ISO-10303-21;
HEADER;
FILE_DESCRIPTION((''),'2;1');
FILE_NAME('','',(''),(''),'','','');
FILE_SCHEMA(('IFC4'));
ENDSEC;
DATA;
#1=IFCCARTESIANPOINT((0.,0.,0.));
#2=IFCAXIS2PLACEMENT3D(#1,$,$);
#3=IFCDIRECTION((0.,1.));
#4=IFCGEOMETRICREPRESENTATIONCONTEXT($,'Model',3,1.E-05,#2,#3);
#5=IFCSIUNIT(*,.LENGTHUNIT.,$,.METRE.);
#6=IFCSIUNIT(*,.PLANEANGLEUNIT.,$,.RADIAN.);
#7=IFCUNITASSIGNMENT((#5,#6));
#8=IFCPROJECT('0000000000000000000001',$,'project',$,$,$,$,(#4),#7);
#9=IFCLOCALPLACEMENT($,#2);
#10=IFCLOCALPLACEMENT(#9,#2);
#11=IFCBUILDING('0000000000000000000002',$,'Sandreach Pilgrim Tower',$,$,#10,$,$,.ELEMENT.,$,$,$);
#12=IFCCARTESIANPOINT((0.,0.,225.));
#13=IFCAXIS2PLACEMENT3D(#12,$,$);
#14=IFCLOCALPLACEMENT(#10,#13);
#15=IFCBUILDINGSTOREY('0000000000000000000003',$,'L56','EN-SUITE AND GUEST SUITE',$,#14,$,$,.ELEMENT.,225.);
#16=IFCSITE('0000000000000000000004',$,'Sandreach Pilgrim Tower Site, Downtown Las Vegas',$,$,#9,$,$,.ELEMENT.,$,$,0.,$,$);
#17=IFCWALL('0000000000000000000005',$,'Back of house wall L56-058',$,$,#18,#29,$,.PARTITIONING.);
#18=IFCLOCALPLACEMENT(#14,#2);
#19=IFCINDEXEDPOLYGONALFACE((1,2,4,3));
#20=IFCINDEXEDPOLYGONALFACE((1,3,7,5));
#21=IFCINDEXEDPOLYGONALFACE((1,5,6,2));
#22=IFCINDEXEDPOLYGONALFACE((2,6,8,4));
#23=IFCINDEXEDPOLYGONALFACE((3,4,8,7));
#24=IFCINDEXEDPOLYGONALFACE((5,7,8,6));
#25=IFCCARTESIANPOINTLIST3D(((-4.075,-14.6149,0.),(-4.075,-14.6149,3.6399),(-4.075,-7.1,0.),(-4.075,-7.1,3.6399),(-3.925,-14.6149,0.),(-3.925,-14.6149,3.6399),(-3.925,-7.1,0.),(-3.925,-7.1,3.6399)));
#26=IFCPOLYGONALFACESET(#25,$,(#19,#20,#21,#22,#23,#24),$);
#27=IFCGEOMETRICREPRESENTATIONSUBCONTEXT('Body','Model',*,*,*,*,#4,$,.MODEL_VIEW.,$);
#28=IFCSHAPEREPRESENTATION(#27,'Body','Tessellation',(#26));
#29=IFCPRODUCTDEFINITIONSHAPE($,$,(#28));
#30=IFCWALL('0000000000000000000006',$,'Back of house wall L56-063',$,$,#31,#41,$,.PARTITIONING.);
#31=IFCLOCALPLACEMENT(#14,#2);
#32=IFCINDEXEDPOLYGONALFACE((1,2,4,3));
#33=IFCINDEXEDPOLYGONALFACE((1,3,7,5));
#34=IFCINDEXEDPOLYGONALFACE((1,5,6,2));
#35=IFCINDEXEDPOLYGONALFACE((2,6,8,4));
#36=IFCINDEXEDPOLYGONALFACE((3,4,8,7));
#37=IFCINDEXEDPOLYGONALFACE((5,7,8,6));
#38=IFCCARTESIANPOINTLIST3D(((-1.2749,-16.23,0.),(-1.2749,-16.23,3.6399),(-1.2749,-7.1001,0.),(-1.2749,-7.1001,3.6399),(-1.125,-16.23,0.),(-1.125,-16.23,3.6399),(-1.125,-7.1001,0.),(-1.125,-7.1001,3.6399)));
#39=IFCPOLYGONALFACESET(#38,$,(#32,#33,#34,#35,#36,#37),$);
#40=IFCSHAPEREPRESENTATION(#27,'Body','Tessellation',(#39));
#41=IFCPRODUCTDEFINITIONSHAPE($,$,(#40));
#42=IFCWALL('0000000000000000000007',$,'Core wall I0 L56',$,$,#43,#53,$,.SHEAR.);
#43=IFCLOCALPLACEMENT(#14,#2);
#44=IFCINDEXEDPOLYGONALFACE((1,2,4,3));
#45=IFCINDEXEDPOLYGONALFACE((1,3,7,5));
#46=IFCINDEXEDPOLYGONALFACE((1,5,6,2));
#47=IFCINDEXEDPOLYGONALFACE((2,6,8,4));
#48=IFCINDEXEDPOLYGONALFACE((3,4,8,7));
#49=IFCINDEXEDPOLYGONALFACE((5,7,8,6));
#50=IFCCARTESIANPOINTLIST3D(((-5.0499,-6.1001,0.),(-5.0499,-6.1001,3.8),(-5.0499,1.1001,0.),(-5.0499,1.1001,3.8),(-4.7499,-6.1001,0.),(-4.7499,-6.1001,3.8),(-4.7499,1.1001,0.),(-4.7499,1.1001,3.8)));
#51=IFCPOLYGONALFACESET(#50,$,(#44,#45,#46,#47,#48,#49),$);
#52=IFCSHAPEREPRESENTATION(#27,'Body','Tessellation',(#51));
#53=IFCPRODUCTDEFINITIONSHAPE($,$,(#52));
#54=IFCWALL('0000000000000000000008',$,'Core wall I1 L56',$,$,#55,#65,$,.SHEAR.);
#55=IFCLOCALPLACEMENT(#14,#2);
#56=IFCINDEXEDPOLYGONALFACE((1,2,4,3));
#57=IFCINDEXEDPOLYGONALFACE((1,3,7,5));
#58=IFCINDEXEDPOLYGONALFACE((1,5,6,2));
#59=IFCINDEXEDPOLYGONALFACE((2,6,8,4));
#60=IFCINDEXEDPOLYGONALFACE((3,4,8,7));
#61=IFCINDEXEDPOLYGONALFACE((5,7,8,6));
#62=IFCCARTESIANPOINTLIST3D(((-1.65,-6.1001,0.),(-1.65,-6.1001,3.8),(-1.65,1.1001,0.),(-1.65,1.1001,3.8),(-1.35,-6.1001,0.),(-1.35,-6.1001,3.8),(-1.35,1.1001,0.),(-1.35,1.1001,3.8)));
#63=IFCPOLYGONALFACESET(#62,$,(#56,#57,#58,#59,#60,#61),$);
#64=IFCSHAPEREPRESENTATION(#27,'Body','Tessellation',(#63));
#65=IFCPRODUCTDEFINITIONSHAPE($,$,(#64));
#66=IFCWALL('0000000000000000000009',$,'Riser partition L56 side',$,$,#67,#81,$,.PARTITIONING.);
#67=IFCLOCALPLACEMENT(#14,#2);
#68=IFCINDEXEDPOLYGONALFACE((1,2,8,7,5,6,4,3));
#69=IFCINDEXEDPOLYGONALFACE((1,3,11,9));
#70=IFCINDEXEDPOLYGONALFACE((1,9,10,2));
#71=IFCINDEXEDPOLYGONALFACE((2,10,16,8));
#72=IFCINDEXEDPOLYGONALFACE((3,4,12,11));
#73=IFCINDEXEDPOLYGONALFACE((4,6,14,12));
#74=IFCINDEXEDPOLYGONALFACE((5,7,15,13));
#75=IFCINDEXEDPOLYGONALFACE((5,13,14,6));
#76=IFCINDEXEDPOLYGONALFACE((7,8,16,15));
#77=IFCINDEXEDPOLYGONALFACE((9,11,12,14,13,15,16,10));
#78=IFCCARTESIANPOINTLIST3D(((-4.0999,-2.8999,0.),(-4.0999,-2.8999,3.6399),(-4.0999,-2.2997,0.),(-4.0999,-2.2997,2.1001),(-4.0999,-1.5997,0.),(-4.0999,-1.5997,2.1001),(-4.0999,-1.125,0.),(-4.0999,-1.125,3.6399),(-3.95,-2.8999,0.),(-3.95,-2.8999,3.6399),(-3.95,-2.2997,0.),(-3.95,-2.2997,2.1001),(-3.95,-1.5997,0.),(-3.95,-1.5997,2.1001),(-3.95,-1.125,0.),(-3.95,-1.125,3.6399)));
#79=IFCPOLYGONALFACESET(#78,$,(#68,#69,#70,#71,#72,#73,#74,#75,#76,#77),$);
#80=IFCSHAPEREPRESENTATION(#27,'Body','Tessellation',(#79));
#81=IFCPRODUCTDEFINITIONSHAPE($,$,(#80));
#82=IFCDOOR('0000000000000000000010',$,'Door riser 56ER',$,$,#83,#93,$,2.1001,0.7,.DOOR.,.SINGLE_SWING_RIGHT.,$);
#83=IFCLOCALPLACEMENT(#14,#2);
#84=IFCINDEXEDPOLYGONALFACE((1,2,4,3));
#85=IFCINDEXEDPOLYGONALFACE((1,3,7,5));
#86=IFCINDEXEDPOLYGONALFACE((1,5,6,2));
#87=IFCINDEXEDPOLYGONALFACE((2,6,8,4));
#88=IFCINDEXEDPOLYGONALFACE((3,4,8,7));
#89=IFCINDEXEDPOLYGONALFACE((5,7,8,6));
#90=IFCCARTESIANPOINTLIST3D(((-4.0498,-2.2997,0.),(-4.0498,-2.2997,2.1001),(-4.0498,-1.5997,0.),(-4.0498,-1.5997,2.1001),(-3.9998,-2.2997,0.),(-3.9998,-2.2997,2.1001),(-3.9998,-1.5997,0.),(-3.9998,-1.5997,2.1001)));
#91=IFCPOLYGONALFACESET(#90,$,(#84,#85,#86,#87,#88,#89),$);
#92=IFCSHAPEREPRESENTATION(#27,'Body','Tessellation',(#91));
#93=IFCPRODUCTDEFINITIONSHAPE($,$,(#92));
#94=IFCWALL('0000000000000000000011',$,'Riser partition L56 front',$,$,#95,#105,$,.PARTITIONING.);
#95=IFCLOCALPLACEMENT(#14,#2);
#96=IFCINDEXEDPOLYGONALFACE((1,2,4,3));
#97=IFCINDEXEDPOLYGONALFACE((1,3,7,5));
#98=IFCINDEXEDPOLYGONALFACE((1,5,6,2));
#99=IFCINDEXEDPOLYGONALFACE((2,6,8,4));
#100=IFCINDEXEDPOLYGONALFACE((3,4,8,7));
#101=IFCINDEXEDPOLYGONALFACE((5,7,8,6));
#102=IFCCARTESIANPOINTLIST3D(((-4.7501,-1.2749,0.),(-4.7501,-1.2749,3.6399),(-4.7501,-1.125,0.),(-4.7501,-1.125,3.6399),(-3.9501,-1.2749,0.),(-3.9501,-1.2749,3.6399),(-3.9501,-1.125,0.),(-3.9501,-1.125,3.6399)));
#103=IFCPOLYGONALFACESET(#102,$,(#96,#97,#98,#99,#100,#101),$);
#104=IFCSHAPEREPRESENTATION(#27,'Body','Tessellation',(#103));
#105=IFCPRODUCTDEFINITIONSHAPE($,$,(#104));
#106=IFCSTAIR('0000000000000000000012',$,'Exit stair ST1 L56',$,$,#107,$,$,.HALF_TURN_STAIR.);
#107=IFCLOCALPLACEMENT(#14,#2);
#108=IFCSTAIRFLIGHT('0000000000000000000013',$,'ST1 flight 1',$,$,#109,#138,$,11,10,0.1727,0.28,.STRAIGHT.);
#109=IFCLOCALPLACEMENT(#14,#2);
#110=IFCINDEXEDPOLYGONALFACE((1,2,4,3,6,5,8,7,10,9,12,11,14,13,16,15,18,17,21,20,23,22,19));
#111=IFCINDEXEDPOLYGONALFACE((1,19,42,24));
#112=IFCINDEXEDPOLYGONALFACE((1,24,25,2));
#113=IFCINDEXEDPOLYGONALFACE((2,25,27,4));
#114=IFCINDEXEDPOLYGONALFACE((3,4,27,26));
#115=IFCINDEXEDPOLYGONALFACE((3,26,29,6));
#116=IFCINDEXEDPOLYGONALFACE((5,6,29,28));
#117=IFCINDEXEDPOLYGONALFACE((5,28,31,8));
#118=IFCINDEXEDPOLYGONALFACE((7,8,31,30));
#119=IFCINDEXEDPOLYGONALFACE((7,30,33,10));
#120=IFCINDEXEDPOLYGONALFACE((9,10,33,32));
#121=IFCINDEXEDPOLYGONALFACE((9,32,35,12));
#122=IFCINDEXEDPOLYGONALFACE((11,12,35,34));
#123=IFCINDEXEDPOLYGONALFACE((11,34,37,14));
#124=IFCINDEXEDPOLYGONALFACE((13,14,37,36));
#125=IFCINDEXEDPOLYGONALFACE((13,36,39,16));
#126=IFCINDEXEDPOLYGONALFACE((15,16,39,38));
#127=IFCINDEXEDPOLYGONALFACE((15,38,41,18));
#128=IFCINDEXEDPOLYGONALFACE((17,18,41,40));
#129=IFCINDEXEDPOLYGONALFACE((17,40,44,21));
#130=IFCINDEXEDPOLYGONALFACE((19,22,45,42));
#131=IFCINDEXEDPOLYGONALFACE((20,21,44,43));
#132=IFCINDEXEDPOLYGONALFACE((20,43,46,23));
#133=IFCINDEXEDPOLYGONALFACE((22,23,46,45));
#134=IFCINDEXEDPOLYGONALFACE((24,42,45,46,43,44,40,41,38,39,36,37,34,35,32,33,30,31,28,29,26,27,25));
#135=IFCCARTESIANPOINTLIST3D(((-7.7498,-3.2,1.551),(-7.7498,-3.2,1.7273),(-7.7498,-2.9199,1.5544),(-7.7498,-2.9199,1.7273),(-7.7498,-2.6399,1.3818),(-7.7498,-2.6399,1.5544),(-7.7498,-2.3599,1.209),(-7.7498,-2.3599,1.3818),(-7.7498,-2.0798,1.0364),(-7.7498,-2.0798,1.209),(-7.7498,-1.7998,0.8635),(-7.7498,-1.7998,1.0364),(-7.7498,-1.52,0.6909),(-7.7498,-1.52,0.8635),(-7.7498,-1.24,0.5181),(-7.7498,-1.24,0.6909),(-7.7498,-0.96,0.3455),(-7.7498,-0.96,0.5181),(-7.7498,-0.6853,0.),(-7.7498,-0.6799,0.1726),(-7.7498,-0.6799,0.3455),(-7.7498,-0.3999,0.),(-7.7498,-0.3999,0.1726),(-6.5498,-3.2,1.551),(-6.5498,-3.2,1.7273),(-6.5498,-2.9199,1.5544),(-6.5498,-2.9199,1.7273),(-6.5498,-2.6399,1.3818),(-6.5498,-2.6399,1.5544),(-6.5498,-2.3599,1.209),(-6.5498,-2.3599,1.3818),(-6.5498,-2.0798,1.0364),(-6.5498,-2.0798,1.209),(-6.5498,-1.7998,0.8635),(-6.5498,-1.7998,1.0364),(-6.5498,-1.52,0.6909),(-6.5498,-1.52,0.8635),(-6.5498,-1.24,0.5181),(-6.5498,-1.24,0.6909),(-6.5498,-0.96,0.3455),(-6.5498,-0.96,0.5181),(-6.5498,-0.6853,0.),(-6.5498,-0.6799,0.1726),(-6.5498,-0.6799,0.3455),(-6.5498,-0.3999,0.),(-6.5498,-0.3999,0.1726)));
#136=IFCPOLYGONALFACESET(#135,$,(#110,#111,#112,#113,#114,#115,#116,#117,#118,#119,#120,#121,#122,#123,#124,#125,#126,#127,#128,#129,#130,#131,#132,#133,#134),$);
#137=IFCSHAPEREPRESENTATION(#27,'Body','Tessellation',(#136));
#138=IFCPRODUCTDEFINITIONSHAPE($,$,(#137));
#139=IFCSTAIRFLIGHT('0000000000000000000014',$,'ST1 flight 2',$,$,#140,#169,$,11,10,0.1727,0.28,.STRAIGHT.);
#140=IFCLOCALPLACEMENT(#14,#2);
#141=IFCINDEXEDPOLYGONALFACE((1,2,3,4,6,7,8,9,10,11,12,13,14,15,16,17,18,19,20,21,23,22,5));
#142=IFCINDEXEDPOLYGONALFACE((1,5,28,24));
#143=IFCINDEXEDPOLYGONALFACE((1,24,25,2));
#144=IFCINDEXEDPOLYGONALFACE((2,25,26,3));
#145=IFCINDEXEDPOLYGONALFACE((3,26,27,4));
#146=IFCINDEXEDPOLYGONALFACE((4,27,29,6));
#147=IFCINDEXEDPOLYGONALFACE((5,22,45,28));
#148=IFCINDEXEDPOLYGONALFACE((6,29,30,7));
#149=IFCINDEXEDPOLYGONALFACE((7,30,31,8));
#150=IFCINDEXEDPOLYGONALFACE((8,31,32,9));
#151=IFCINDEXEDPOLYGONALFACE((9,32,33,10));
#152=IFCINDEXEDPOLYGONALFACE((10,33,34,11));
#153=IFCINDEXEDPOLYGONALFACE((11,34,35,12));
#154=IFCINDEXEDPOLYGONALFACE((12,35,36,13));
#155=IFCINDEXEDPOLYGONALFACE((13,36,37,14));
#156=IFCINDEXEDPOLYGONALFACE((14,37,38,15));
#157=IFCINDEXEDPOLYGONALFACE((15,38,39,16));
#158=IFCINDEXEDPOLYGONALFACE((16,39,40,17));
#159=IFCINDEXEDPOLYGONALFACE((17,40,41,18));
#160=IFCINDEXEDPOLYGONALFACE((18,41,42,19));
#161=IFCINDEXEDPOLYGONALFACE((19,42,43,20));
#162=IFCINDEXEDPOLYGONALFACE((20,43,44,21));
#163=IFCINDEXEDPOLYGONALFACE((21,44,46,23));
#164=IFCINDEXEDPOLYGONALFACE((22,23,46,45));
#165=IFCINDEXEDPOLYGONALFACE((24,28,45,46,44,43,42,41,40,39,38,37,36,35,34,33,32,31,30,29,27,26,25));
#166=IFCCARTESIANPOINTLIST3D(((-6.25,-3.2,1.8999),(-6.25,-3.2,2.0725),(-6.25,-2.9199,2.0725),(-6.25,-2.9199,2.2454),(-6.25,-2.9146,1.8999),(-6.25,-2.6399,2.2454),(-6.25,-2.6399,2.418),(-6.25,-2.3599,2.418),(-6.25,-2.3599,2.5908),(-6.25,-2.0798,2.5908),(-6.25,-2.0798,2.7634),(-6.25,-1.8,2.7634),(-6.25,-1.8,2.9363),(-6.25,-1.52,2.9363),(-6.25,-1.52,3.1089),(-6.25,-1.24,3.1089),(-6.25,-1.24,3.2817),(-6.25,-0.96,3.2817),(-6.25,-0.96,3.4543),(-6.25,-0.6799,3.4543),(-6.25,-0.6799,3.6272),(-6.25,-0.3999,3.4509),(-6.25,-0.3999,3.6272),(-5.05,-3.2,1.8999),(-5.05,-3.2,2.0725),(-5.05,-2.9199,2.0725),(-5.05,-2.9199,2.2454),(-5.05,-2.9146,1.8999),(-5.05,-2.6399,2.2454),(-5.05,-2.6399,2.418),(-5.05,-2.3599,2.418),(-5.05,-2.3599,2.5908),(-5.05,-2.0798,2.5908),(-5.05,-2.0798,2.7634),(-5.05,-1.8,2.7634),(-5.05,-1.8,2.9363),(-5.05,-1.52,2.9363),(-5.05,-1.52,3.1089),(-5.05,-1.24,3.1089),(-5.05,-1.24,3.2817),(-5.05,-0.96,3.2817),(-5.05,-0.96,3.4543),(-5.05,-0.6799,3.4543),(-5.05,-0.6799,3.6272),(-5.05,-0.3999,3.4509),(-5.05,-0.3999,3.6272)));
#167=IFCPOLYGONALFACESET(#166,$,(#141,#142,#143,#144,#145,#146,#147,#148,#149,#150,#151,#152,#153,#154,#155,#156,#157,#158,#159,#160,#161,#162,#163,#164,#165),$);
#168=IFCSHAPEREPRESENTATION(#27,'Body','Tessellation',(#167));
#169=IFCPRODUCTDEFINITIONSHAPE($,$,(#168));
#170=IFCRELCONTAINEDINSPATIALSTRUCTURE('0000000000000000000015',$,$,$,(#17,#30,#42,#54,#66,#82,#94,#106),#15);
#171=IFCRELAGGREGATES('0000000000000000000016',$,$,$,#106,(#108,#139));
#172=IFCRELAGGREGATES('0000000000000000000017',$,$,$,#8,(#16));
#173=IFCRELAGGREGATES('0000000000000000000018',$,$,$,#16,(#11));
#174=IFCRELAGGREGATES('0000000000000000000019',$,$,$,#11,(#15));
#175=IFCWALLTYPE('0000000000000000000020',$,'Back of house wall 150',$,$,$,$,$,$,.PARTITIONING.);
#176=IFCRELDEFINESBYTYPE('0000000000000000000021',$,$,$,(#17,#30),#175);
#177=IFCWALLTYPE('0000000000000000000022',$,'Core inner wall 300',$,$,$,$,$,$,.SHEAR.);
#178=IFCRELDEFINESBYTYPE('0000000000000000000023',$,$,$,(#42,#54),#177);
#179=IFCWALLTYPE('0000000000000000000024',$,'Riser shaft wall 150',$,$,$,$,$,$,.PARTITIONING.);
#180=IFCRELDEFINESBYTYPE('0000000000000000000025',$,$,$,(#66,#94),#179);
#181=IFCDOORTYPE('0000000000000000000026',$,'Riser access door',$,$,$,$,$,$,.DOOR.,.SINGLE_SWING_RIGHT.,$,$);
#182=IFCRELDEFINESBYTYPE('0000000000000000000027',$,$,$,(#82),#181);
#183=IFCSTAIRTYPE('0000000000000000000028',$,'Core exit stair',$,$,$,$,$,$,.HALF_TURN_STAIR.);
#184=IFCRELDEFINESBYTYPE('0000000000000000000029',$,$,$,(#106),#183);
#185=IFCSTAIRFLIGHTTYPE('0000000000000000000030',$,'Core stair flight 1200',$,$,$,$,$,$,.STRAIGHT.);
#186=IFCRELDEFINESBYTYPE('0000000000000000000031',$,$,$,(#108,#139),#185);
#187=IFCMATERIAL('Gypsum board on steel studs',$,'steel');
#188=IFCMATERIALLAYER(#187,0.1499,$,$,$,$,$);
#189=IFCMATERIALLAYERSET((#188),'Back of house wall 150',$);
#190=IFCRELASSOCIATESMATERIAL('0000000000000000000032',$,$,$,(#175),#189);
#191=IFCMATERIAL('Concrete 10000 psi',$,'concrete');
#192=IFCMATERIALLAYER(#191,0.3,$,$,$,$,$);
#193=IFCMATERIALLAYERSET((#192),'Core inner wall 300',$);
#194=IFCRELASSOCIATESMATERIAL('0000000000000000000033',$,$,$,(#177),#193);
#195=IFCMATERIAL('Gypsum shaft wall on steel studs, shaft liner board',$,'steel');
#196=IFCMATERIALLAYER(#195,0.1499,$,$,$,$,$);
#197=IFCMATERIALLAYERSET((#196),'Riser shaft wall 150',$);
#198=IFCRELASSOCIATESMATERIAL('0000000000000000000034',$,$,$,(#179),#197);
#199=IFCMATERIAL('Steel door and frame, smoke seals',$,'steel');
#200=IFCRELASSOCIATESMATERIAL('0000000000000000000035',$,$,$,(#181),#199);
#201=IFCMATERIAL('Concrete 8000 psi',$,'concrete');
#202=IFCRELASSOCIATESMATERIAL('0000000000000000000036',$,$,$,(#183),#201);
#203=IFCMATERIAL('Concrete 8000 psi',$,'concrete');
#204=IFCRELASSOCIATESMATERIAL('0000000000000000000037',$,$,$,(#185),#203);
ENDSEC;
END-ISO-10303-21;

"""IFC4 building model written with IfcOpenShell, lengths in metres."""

from ifc_helpers import new_model, si_unit, direction, frame, frame_2d, origin, place, context, subcontext, project, spatial, polyline, rectangle, outline, extrude, material, layer, layer_set, type_object, element, fill, aggregate, save


model = new_model("IFC4")

# Units and contexts
model_context = context("Model", 3, precision=1e-05, world=origin(), true_north=direction((0.0, 1.0)))
body_context = subcontext(model_context, "Body", "Model", "MODEL_VIEW")
ifc_project = project(units=[si_unit("LENGTHUNIT", "METRE"), si_unit("PLANEANGLEUNIT", "RADIAN")], contexts=[model_context])

# Site, building, storey
site_placement = place(None, origin())
site = spatial("IfcSite", under=ifc_project, at=site_placement, Name="Sandreach Pilgrim Tower Site, Downtown Las Vegas", CompositionType="ELEMENT", RefElevation=0.0)
building_placement = place(site_placement, origin())
building = spatial("IfcBuilding", under=site, at=building_placement, Name="Sandreach Pilgrim Tower", CompositionType="ELEMENT")
storey_placement = place(building_placement, frame((0.0, 0.0, 225.0)))
storey = spatial("IfcBuildingStorey", under=building, at=storey_placement, Name="L56", Description="EN-SUITE AND GUEST SUITE", CompositionType="ELEMENT", Elevation=225.0)

# Walls
ifc_material_1 = material(Name="Gypsum board on steel studs", Category="steel")
ifc_layer_1 = layer(ifc_material_1, 0.1499)
ifc_layer_set_1 = layer_set([ifc_layer_1], Name="Back of house wall 150")
wall_type_1 = type_object("IfcWallType", Name="Back of house wall 150", PredefinedType="PARTITIONING", material=ifc_layer_set_1)
wall_1_placement = place(storey_placement, frame((-4.0, -7.1001, 0.0), z_axis=(0.0, 0.0, 1.0), x_axis=(0.0, -1.0, 0.0)))
element("IfcWall", 1, at=wall_1_placement, inside=storey, type_object=wall_type_1, Name="Back of house wall L56-058", PredefinedType="PARTITIONING", context=body_context, shape_type="SweptSolid", body=[
    extrude(rectangle(XDim=7.5149, YDim=0.1499, at=frame_2d((3.7573, 0.0))), origin(), (0.0, 0.0, 1.0), 3.6399),
])
wall_2_placement = place(storey_placement, frame((-1.2, -7.1001, 0.0), z_axis=(0.0, 0.0, 1.0), x_axis=(0.0, -1.0, 0.0)))
element("IfcWall", 2, at=wall_2_placement, inside=storey, type_object=wall_type_1, Name="Back of house wall L56-063", PredefinedType="PARTITIONING", context=body_context, shape_type="SweptSolid", body=[
    extrude(rectangle(XDim=9.1299, YDim=0.1499, at=frame_2d((4.5649, 0.0))), origin(), (0.0, 0.0, 1.0), 3.6399),
])
ifc_material_2 = material(Name="Concrete 10000 psi", Category="concrete")
ifc_layer_2 = layer(ifc_material_2, 0.3)
ifc_layer_set_2 = layer_set([ifc_layer_2], Name="Core inner wall 300")
wall_type_2 = type_object("IfcWallType", Name="Core inner wall 300", PredefinedType="SHEAR", material=ifc_layer_set_2)
for number, where, z_axis, x_axis, name in (
    (3, (-4.8999, -6.1001, 0.0), (0.0, 0.0, 1.0), (0.0, 1.0, 0.0), "Core wall I0 L56"),
    (4, (-1.5, -6.1001, 0.0), (0.0, 0.0, 1.0), (0.0, 1.0, 0.0), "Core wall I1 L56"),
):
    element("IfcWall", number, at=place(storey_placement, frame(where, z_axis=z_axis, x_axis=x_axis)), inside=storey, type_object=wall_type_2, Name=name, PredefinedType="SHEAR", context=body_context, shape_type="SweptSolid", body=[
        extrude(rectangle(XDim=7.2002, YDim=0.3, at=frame_2d((3.6001, 0.0))), origin(), (0.0, 0.0, 1.0), 3.8),
    ])

# Wall, opening, door
ifc_material_3 = material(Name="Gypsum shaft wall on steel studs, shaft liner board", Category="steel")
ifc_layer_3 = layer(ifc_material_3, 0.1499)
ifc_layer_set_3 = layer_set([ifc_layer_3], Name="Riser shaft wall 150")
wall_type_3 = type_object("IfcWallType", Name="Riser shaft wall 150", PredefinedType="PARTITIONING", material=ifc_layer_set_3)
wall_3_placement = place(storey_placement, frame((-4.0249, -2.8999, 0.0), z_axis=(0.0, 0.0, 1.0), x_axis=(0.0, 1.0, 0.0)))
wall_3 = element("IfcWall", 5, at=wall_3_placement, inside=storey, type_object=wall_type_3, Name="Riser partition L56 side", PredefinedType="PARTITIONING", context=body_context, shape_type="SweptSolid", body=[
    extrude(rectangle(XDim=1.7749, YDim=0.1499, at=frame_2d((0.8875, 0.0))), origin(), (0.0, 0.0, 1.0), 3.6399),
])
opening_1_placement = place(wall_3_placement, frame((0.6001, 0.0, 0.0)))
opening_1 = element("IfcOpeningElement", 6, at=opening_1_placement, cuts=wall_3, PredefinedType="OPENING", context=body_context, shape_type="SweptSolid", body=[
    extrude(rectangle(XDim=0.7, YDim=2.1001, at=frame_2d((0.3501, 1.05))), frame((0.0, 0.075, 0.0), z_axis=(0.0, -1.0, 0.0), x_axis=(1.0, 0.0, 0.0)), (0.0, 0.0, 1.0), 0.1499),
])
ifc_material_4 = material(Name="Steel door and frame, smoke seals", Category="steel")
door_type_1 = type_object("IfcDoorType", Name="Riser access door", OperationType="SINGLE_SWING_RIGHT", PredefinedType="DOOR", material=ifc_material_4)
door_1_placement = place(opening_1_placement, origin())
door_1 = element("IfcDoor", 7, at=door_1_placement, inside=storey, type_object=door_type_1, Name="Door riser 56ER", OperationType="SINGLE_SWING_RIGHT", OverallHeight=2.1001, OverallWidth=0.7, PredefinedType="DOOR", context=body_context, shape_type="SweptSolid", body=[
    extrude(rectangle(XDim=0.7, YDim=2.1001, at=frame_2d((0.3501, 1.05))), frame((0.0, 0.0249, 0.0), z_axis=(0.0, -1.0, 0.0), x_axis=(1.0, 0.0, 0.0)), (0.0, 0.0, 1.0), 0.05),
])
fill(opening_1, door_1)

# Wall
wall_4_placement = place(storey_placement, frame((-4.75, -1.2, 0.0), z_axis=(0.0, 0.0, 1.0), x_axis=(1.0, 0.0, 0.0)))
element("IfcWall", 8, at=wall_4_placement, inside=storey, type_object=wall_type_3, Name="Riser partition L56 front", PredefinedType="PARTITIONING", context=body_context, shape_type="SweptSolid", body=[
    extrude(rectangle(XDim=0.8, YDim=0.1499, at=frame_2d((0.3999, 0.0))), origin(), (0.0, 0.0, 1.0), 3.6399),
])

# Stair, stair flights
ifc_material_5 = material(Name="Concrete 8000 psi", Category="concrete")
stair_type = type_object("IfcStairType", Name="Core exit stair", PredefinedType="HALF_TURN_STAIR", material=ifc_material_5)
stair_1_placement = place(storey_placement, origin())
stair_1 = element("IfcStair", 9, at=stair_1_placement, inside=storey, type_object=stair_type, Name="Exit stair ST1 L56", PredefinedType="HALF_TURN_STAIR")
ifc_material_6 = material(Name="Concrete 8000 psi", Category="concrete")
stair_flight_type = type_object("IfcStairFlightType", Name="Core stair flight 1200", PredefinedType="STRAIGHT", material=ifc_material_6)
stair_flight_1_placement = place(storey_placement, frame((-7.1499, -0.3999, 0.0), z_axis=(0.0, 0.0, 1.0), x_axis=(0.0, -1.0, 0.0)))
stair_flight_1 = element("IfcStairFlight", 10, at=stair_flight_1_placement, type_object=stair_flight_type, Name="ST1 flight 1", NumberOfRisers=11, NumberOfTreads=10, PredefinedType="STRAIGHT", RiserHeight=0.1727, TreadLength=0.28, context=body_context, shape_type="SweptSolid", body=[
    extrude(outline(polyline([(0.0, 0.0), (0.0, 0.1726), (0.28, 0.1726), (0.28, 0.3455), (0.5601, 0.3455), (0.5601, 0.5181), (0.8401, 0.5181), (0.8401, 0.6909), (1.1201, 0.6909), (1.1201, 0.8635), (1.3999, 0.8635), (1.3999, 1.0364), (1.6799, 1.0364), (1.6799, 1.209), (1.96, 1.209), (1.96, 1.3818), (2.24, 1.3818), (2.24, 1.5544), (2.52, 1.5544), (2.52, 1.7273), (2.8, 1.7273), (2.8, 1.8999), (2.8, 1.551), (0.2854, 0.0), (0.0, 0.0)])), frame((0.0, 0.6001, 0.0), z_axis=(0.0, -1.0, 0.0), x_axis=(1.0, 0.0, 0.0)), (0.0, 0.0, 1.0), 1.2),
])
stair_flight_2_placement = place(storey_placement, frame((-5.6499, -3.2, 1.8999), z_axis=(0.0, 0.0, 1.0), x_axis=(0.0, 1.0, 0.0)))
stair_flight_2 = element("IfcStairFlight", 11, at=stair_flight_2_placement, type_object=stair_flight_type, Name="ST1 flight 2", NumberOfRisers=11, NumberOfTreads=10, PredefinedType="STRAIGHT", RiserHeight=0.1727, TreadLength=0.28, context=body_context, shape_type="SweptSolid", body=[
    extrude(outline(polyline([(0.0, 0.0), (0.0, 0.1726), (0.28, 0.1726), (0.28, 0.3455), (0.5601, 0.3455), (0.5601, 0.5181), (0.8401, 0.5181), (0.8401, 0.6909), (1.1201, 0.6909), (1.1201, 0.8635), (1.3999, 0.8635), (1.3999, 1.0364), (1.6799, 1.0364), (1.6799, 1.209), (1.96, 1.209), (1.96, 1.3818), (2.24, 1.3818), (2.24, 1.5544), (2.52, 1.5544), (2.52, 1.7273), (2.8, 1.7273), (2.8, 1.8999), (2.8, 1.551), (0.2854, 0.0), (0.0, 0.0)])), frame((0.0, 0.6001, 0.0), z_axis=(0.0, -1.0, 0.0), x_axis=(1.0, 0.0, 0.0)), (0.0, 0.0, 1.0), 1.2),
])
aggregate(stair_1, [stair_flight_1, stair_flight_2])

save(model, "model.ifc")
